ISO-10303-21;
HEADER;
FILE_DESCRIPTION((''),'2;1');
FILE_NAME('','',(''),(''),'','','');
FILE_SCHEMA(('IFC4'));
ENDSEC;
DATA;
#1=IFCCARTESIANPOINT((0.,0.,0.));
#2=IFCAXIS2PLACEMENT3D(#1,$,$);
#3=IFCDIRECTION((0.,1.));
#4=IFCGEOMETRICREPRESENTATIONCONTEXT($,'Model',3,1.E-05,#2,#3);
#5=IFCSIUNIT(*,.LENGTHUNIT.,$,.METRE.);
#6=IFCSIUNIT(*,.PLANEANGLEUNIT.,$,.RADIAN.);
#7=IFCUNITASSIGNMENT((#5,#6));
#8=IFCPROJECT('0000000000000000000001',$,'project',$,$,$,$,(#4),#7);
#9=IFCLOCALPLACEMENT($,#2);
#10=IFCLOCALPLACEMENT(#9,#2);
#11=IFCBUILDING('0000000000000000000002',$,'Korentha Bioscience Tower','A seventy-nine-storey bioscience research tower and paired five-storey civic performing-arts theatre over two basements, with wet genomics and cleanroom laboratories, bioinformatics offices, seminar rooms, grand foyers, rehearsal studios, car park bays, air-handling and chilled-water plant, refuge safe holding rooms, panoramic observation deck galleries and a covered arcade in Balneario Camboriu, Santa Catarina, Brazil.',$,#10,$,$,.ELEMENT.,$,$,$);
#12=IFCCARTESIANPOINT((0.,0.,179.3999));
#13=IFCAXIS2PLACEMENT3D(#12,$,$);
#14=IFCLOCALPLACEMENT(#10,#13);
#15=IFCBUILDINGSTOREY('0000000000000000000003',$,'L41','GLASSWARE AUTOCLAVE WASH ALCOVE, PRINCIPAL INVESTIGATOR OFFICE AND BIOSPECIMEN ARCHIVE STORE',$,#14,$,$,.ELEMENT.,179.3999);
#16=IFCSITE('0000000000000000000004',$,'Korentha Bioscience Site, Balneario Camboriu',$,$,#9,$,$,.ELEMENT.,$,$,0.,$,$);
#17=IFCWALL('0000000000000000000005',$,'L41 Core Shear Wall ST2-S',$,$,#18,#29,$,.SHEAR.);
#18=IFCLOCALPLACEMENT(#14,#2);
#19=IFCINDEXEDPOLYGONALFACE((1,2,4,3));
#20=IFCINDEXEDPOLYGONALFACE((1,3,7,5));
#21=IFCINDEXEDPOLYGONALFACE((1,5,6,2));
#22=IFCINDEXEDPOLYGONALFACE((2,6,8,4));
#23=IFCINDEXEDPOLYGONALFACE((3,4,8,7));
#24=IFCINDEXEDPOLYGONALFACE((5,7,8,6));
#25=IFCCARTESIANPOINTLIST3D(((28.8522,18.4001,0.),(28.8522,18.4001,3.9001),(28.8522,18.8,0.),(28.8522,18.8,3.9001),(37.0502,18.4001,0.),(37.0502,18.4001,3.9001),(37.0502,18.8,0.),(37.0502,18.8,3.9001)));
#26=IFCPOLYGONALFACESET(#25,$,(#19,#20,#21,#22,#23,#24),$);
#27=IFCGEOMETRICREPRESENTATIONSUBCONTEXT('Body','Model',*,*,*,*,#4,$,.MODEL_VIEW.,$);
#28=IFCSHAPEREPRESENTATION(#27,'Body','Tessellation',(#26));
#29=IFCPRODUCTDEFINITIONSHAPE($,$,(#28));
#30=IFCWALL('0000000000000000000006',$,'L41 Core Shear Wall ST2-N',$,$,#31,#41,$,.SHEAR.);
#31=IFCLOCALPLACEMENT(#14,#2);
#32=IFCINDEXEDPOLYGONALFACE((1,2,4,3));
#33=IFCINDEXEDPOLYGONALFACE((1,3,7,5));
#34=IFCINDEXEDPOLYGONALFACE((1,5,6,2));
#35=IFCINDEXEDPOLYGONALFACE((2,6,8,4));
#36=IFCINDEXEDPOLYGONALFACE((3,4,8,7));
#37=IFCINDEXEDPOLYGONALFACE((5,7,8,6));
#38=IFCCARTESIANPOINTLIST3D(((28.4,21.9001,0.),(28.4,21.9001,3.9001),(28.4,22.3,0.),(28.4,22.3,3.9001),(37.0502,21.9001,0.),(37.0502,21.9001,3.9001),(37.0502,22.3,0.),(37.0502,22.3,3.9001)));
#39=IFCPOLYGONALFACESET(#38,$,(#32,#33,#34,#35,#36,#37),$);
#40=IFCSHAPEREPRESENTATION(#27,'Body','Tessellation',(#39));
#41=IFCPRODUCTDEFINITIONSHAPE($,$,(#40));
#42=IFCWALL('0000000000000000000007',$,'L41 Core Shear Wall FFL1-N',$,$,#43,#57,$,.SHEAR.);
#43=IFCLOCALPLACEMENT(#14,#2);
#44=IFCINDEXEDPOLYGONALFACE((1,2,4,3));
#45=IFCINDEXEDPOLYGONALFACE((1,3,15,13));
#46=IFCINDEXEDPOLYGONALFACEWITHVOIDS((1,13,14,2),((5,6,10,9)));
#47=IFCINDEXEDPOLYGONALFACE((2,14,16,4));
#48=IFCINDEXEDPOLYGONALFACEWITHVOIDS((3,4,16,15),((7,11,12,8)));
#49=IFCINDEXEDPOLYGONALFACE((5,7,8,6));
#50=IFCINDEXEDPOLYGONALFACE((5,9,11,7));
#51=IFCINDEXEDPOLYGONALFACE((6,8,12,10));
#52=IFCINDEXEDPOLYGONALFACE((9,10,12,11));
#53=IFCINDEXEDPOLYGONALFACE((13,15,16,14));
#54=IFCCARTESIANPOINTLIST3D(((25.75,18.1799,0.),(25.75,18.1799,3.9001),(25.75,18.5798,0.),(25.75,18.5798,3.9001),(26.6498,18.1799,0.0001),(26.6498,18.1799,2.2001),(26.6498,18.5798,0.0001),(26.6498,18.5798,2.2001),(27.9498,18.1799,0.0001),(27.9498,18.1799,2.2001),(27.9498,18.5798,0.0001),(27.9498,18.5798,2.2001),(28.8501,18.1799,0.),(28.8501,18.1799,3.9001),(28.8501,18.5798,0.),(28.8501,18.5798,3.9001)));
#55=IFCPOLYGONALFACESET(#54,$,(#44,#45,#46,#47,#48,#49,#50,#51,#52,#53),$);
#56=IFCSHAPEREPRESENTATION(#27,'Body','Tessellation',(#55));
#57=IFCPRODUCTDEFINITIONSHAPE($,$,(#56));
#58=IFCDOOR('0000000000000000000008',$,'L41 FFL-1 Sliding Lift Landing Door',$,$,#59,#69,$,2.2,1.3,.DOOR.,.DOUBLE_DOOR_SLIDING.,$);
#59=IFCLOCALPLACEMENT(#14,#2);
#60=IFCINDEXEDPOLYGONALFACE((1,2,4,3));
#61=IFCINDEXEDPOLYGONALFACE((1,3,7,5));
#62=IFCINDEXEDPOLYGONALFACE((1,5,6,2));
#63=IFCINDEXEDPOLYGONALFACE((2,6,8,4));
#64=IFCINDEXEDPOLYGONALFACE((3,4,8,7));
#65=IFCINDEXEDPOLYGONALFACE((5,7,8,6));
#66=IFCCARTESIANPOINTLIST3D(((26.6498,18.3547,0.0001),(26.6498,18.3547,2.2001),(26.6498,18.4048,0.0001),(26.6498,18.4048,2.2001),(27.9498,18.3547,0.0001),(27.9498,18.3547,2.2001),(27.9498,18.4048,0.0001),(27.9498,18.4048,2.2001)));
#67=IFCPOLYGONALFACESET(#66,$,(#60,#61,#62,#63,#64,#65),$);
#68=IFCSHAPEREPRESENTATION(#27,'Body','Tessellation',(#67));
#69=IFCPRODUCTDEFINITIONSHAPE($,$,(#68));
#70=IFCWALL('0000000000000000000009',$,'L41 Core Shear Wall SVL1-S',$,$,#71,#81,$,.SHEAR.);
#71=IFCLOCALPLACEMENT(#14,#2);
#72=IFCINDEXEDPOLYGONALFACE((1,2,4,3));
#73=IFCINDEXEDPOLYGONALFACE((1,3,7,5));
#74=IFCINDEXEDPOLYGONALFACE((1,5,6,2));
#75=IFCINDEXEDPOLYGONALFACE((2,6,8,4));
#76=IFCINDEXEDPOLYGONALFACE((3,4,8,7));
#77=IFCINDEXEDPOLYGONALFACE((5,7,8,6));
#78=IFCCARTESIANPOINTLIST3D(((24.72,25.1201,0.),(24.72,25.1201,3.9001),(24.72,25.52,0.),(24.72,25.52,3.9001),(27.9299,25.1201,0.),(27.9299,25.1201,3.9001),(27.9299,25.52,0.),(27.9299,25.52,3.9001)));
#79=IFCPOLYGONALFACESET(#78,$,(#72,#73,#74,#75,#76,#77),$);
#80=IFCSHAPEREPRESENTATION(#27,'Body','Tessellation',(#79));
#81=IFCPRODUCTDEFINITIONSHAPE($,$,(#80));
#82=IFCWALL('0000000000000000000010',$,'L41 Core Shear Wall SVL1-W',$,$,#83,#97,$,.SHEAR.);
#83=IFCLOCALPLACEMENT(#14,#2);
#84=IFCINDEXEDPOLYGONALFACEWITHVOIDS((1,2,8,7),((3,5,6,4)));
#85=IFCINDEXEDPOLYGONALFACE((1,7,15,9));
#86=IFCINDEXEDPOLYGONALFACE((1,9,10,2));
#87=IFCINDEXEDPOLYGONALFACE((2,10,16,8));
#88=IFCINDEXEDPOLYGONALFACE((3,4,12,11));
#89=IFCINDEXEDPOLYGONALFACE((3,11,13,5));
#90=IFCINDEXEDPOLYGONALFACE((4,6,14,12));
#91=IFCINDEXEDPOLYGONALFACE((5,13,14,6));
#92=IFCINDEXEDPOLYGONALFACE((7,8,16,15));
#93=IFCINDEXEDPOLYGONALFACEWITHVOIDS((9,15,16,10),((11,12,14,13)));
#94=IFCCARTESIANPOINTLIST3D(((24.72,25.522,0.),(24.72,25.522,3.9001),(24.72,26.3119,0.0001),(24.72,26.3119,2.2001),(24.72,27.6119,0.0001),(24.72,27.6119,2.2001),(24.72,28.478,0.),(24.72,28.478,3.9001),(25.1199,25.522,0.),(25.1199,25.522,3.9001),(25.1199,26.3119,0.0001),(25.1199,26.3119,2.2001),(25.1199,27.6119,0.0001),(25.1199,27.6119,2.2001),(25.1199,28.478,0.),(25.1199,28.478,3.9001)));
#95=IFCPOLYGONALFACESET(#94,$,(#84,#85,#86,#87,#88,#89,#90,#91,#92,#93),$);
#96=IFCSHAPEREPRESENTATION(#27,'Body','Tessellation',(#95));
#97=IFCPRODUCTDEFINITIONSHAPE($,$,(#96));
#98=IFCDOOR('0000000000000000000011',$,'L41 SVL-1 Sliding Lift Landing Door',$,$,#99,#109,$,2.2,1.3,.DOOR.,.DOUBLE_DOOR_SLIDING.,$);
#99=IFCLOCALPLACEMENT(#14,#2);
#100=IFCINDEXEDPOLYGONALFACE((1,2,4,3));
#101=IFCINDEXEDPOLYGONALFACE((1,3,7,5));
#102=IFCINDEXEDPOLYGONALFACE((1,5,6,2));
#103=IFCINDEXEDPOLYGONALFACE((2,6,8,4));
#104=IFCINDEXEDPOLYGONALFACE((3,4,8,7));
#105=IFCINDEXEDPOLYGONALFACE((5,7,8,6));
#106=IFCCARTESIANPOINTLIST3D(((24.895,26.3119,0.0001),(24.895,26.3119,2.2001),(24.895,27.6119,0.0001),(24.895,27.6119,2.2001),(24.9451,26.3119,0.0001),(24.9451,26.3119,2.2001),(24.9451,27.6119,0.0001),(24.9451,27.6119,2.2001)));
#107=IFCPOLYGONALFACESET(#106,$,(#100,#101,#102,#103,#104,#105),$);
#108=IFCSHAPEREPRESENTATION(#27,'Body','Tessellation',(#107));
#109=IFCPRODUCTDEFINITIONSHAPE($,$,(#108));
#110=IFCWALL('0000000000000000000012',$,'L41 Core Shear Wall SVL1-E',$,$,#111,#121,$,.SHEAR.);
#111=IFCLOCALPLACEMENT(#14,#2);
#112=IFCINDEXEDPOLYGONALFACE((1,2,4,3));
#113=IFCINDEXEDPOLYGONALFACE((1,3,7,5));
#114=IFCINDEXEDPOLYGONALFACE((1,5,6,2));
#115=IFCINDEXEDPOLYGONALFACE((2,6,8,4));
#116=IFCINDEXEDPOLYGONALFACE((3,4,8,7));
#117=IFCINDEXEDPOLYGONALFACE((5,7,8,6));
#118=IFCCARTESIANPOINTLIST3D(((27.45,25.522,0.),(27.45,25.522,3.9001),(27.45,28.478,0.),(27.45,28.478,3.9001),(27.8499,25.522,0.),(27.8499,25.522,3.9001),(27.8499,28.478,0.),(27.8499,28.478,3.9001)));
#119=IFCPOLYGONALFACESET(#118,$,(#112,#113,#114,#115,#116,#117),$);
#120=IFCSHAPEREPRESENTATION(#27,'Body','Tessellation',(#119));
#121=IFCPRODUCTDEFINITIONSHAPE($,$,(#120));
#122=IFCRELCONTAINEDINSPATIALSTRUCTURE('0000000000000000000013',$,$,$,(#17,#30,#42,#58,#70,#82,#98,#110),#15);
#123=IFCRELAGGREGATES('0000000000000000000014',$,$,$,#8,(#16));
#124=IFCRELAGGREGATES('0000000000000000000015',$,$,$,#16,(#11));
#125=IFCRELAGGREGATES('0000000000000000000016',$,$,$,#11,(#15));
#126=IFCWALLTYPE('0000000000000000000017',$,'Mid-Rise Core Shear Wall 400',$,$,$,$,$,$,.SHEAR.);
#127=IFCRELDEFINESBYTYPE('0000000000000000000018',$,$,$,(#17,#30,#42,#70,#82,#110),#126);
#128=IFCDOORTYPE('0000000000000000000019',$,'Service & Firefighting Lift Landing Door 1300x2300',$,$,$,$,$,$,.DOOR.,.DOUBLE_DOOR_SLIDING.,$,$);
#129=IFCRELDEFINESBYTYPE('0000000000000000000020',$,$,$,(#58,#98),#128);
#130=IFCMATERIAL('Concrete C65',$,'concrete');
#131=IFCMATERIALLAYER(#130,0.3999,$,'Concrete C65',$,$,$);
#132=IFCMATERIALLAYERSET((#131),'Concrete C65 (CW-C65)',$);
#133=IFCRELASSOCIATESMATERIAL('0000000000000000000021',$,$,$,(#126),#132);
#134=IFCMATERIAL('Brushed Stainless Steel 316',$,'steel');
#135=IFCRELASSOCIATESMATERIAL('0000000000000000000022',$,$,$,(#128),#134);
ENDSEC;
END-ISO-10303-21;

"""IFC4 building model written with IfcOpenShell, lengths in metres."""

from ifc_helpers import new_model, si_unit, direction, frame, frame_2d, origin, place, context, subcontext, project, spatial, rectangle, extrude, material, layer, layer_set, type_object, element, fill, save


model = new_model("IFC4")

# Units and contexts
model_context = context("Model", 3, precision=1e-05, world=origin(), true_north=direction((0.0, 1.0)))
body_context = subcontext(model_context, "Body", "Model", "MODEL_VIEW")
ifc_project = project(units=[si_unit("LENGTHUNIT", "METRE"), si_unit("PLANEANGLEUNIT", "RADIAN")], contexts=[model_context])

# Site, building, storey
site_placement = place(None, origin())
site = spatial("IfcSite", under=ifc_project, at=site_placement, Name="Korentha Bioscience Site, Balneario Camboriu", CompositionType="ELEMENT", RefElevation=0.0)
building_placement = place(site_placement, origin())
building = spatial("IfcBuilding", under=site, at=building_placement, Name="Korentha Bioscience Tower", Description="A seventy-nine-storey bioscience research tower and paired five-storey civic performing-arts theatre over two basements, with wet genomics and cleanroom laboratories, bioinformatics offices, seminar rooms, grand foyers, rehearsal studios, car park bays, air-handling and chilled-water plant, refuge safe holding rooms, panoramic observation deck galleries and a covered arcade in Balneario Camboriu, Santa Catarina, Brazil.", CompositionType="ELEMENT")
storey_placement = place(building_placement, frame((0.0, 0.0, 179.3999)))
storey = spatial("IfcBuildingStorey", under=building, at=storey_placement, Name="L41", Description="GLASSWARE AUTOCLAVE WASH ALCOVE, PRINCIPAL INVESTIGATOR OFFICE AND BIOSPECIMEN ARCHIVE STORE", CompositionType="ELEMENT", Elevation=179.3999)

# Shared definitions
ifc_material_1 = material(Name="Concrete C65", Category="concrete")

# Walls
ifc_layer_1 = layer(ifc_material_1, 0.3999, Name="Concrete C65")
ifc_layer_set_1 = layer_set([ifc_layer_1], Name="Concrete C65 (CW-C65)")
wall_type_1 = type_object("IfcWallType", Name="Mid-Rise Core Shear Wall 400", PredefinedType="SHEAR", material=ifc_layer_set_1)
wall_1_placement = place(storey_placement, frame((28.8521, 18.6001, 0.0), z_axis=(0.0, 0.0, 1.0), x_axis=(1.0, 0.0, 0.0)))
element("IfcWall", 1, at=wall_1_placement, inside=storey, type_object=wall_type_1, Name="L41 Core Shear Wall ST2-S", PredefinedType="SHEAR", context=body_context, shape_type="SweptSolid", body=[
    extrude(rectangle(XDim=8.198, YDim=0.3999, at=frame_2d((4.0991, 0.0))), origin(), (0.0, 0.0, 1.0), 3.9001),
])
wall_2_placement = place(storey_placement, frame((28.3999, 22.1001, 0.0), z_axis=(0.0, 0.0, 1.0), x_axis=(1.0, 0.0, 0.0)))
element("IfcWall", 2, at=wall_2_placement, inside=storey, type_object=wall_type_1, Name="L41 Core Shear Wall ST2-N", PredefinedType="SHEAR", context=body_context, shape_type="SweptSolid", body=[
    extrude(rectangle(XDim=8.6501, YDim=0.3999, at=frame_2d((4.3252, 0.0))), origin(), (0.0, 0.0, 1.0), 3.9001),
])

# Wall, opening, door
wall_3_placement = place(storey_placement, frame((25.75, 18.3799, 0.0), z_axis=(0.0, 0.0, 1.0), x_axis=(1.0, 0.0, 0.0)))
wall_3 = element("IfcWall", 3, at=wall_3_placement, inside=storey, type_object=wall_type_1, Name="L41 Core Shear Wall FFL1-N", PredefinedType="SHEAR", context=body_context, shape_type="SweptSolid", body=[
    extrude(rectangle(XDim=3.1001, YDim=0.3999, at=frame_2d((1.55, 0.0))), origin(), (0.0, 0.0, 1.0), 3.9001),
])
opening_1_placement = place(wall_3_placement, frame((0.8999, 0.0, 0.0)))
opening_1 = element("IfcOpeningElement", 4, at=opening_1_placement, cuts=wall_3, PredefinedType="OPENING", context=body_context, shape_type="SweptSolid", body=[
    extrude(rectangle(XDim=1.3, YDim=2.2, at=frame_2d((0.6499, 1.1001))), frame((0.0, 0.2148, 0.0), z_axis=(0.0, -1.0, 0.0), x_axis=(1.0, 0.0, 0.0)), (0.0, 0.0, 1.0), 0.4297),
])
ifc_material_2 = material(Name="Brushed Stainless Steel 316", Category="steel")
door_type_1 = type_object("IfcDoorType", Name="Service & Firefighting Lift Landing Door 1300x2300", OperationType="DOUBLE_DOOR_SLIDING", PredefinedType="DOOR", material=ifc_material_2)
door_1_placement = place(opening_1_placement, origin())
door_1 = element("IfcDoor", 5, at=door_1_placement, inside=storey, type_object=door_type_1, Name="L41 FFL-1 Sliding Lift Landing Door", OperationType="DOUBLE_DOOR_SLIDING", OverallHeight=2.2, OverallWidth=1.3, PredefinedType="DOOR", context=body_context, shape_type="SweptSolid", body=[
    extrude(rectangle(XDim=1.3, YDim=2.2, at=frame_2d((0.6499, 1.1001))), frame((0.0, 0.0249, 0.0), z_axis=(0.0, -1.0, 0.0), x_axis=(1.0, 0.0, 0.0)), (0.0, 0.0, 1.0), 0.05),
])
fill(opening_1, door_1)

# Wall
wall_4_placement = place(storey_placement, frame((24.72, 25.3201, 0.0), z_axis=(0.0, 0.0, 1.0), x_axis=(1.0, 0.0, 0.0)))
element("IfcWall", 6, at=wall_4_placement, inside=storey, type_object=wall_type_1, Name="L41 Core Shear Wall SVL1-S", PredefinedType="SHEAR", context=body_context, shape_type="SweptSolid", body=[
    extrude(rectangle(XDim=3.21, YDim=0.3999, at=frame_2d((1.605, 0.0))), origin(), (0.0, 0.0, 1.0), 3.9001),
])

# Wall, opening, door
wall_5_placement = place(storey_placement, frame((24.9199, 25.522, 0.0), z_axis=(0.0, 0.0, 1.0), x_axis=(0.0, 1.0, 0.0)))
wall_5 = element("IfcWall", 7, at=wall_5_placement, inside=storey, type_object=wall_type_1, Name="L41 Core Shear Wall SVL1-W", PredefinedType="SHEAR", context=body_context, shape_type="SweptSolid", body=[
    extrude(rectangle(XDim=2.9561, YDim=0.3999, at=frame_2d((1.478, 0.0))), origin(), (0.0, 0.0, 1.0), 3.9001),
])
opening_2_placement = place(wall_5_placement, frame((0.79, 0.0, 0.0)))
opening_2 = element("IfcOpeningElement", 8, at=opening_2_placement, cuts=wall_5, PredefinedType="OPENING", context=body_context, shape_type="SweptSolid", body=[
    extrude(rectangle(XDim=1.3, YDim=2.2, at=frame_2d((0.6499, 1.1001))), frame((0.0, 0.2148, 0.0), z_axis=(0.0, -1.0, 0.0), x_axis=(1.0, 0.0, 0.0)), (0.0, 0.0, 1.0), 0.4297),
])
door_2_placement = place(opening_2_placement, origin())
door_2 = element("IfcDoor", 9, at=door_2_placement, inside=storey, type_object=door_type_1, Name="L41 SVL-1 Sliding Lift Landing Door", OperationType="DOUBLE_DOOR_SLIDING", OverallHeight=2.2, OverallWidth=1.3, PredefinedType="DOOR", context=body_context, shape_type="SweptSolid", body=[
    extrude(rectangle(XDim=1.3, YDim=2.2, at=frame_2d((0.6499, 1.1001))), frame((0.0, 0.0249, 0.0), z_axis=(0.0, -1.0, 0.0), x_axis=(1.0, 0.0, 0.0)), (0.0, 0.0, 1.0), 0.05),
])
fill(opening_2, door_2)

# Wall
wall_6_placement = place(storey_placement, frame((27.6499, 25.522, 0.0), z_axis=(0.0, 0.0, 1.0), x_axis=(0.0, 1.0, 0.0)))
element("IfcWall", 10, at=wall_6_placement, inside=storey, type_object=wall_type_1, Name="L41 Core Shear Wall SVL1-E", PredefinedType="SHEAR", context=body_context, shape_type="SweptSolid", body=[
    extrude(rectangle(XDim=2.9561, YDim=0.3999, at=frame_2d((1.478, 0.0))), origin(), (0.0, 0.0, 1.0), 3.9001),
])

save(model, "model.ifc")
